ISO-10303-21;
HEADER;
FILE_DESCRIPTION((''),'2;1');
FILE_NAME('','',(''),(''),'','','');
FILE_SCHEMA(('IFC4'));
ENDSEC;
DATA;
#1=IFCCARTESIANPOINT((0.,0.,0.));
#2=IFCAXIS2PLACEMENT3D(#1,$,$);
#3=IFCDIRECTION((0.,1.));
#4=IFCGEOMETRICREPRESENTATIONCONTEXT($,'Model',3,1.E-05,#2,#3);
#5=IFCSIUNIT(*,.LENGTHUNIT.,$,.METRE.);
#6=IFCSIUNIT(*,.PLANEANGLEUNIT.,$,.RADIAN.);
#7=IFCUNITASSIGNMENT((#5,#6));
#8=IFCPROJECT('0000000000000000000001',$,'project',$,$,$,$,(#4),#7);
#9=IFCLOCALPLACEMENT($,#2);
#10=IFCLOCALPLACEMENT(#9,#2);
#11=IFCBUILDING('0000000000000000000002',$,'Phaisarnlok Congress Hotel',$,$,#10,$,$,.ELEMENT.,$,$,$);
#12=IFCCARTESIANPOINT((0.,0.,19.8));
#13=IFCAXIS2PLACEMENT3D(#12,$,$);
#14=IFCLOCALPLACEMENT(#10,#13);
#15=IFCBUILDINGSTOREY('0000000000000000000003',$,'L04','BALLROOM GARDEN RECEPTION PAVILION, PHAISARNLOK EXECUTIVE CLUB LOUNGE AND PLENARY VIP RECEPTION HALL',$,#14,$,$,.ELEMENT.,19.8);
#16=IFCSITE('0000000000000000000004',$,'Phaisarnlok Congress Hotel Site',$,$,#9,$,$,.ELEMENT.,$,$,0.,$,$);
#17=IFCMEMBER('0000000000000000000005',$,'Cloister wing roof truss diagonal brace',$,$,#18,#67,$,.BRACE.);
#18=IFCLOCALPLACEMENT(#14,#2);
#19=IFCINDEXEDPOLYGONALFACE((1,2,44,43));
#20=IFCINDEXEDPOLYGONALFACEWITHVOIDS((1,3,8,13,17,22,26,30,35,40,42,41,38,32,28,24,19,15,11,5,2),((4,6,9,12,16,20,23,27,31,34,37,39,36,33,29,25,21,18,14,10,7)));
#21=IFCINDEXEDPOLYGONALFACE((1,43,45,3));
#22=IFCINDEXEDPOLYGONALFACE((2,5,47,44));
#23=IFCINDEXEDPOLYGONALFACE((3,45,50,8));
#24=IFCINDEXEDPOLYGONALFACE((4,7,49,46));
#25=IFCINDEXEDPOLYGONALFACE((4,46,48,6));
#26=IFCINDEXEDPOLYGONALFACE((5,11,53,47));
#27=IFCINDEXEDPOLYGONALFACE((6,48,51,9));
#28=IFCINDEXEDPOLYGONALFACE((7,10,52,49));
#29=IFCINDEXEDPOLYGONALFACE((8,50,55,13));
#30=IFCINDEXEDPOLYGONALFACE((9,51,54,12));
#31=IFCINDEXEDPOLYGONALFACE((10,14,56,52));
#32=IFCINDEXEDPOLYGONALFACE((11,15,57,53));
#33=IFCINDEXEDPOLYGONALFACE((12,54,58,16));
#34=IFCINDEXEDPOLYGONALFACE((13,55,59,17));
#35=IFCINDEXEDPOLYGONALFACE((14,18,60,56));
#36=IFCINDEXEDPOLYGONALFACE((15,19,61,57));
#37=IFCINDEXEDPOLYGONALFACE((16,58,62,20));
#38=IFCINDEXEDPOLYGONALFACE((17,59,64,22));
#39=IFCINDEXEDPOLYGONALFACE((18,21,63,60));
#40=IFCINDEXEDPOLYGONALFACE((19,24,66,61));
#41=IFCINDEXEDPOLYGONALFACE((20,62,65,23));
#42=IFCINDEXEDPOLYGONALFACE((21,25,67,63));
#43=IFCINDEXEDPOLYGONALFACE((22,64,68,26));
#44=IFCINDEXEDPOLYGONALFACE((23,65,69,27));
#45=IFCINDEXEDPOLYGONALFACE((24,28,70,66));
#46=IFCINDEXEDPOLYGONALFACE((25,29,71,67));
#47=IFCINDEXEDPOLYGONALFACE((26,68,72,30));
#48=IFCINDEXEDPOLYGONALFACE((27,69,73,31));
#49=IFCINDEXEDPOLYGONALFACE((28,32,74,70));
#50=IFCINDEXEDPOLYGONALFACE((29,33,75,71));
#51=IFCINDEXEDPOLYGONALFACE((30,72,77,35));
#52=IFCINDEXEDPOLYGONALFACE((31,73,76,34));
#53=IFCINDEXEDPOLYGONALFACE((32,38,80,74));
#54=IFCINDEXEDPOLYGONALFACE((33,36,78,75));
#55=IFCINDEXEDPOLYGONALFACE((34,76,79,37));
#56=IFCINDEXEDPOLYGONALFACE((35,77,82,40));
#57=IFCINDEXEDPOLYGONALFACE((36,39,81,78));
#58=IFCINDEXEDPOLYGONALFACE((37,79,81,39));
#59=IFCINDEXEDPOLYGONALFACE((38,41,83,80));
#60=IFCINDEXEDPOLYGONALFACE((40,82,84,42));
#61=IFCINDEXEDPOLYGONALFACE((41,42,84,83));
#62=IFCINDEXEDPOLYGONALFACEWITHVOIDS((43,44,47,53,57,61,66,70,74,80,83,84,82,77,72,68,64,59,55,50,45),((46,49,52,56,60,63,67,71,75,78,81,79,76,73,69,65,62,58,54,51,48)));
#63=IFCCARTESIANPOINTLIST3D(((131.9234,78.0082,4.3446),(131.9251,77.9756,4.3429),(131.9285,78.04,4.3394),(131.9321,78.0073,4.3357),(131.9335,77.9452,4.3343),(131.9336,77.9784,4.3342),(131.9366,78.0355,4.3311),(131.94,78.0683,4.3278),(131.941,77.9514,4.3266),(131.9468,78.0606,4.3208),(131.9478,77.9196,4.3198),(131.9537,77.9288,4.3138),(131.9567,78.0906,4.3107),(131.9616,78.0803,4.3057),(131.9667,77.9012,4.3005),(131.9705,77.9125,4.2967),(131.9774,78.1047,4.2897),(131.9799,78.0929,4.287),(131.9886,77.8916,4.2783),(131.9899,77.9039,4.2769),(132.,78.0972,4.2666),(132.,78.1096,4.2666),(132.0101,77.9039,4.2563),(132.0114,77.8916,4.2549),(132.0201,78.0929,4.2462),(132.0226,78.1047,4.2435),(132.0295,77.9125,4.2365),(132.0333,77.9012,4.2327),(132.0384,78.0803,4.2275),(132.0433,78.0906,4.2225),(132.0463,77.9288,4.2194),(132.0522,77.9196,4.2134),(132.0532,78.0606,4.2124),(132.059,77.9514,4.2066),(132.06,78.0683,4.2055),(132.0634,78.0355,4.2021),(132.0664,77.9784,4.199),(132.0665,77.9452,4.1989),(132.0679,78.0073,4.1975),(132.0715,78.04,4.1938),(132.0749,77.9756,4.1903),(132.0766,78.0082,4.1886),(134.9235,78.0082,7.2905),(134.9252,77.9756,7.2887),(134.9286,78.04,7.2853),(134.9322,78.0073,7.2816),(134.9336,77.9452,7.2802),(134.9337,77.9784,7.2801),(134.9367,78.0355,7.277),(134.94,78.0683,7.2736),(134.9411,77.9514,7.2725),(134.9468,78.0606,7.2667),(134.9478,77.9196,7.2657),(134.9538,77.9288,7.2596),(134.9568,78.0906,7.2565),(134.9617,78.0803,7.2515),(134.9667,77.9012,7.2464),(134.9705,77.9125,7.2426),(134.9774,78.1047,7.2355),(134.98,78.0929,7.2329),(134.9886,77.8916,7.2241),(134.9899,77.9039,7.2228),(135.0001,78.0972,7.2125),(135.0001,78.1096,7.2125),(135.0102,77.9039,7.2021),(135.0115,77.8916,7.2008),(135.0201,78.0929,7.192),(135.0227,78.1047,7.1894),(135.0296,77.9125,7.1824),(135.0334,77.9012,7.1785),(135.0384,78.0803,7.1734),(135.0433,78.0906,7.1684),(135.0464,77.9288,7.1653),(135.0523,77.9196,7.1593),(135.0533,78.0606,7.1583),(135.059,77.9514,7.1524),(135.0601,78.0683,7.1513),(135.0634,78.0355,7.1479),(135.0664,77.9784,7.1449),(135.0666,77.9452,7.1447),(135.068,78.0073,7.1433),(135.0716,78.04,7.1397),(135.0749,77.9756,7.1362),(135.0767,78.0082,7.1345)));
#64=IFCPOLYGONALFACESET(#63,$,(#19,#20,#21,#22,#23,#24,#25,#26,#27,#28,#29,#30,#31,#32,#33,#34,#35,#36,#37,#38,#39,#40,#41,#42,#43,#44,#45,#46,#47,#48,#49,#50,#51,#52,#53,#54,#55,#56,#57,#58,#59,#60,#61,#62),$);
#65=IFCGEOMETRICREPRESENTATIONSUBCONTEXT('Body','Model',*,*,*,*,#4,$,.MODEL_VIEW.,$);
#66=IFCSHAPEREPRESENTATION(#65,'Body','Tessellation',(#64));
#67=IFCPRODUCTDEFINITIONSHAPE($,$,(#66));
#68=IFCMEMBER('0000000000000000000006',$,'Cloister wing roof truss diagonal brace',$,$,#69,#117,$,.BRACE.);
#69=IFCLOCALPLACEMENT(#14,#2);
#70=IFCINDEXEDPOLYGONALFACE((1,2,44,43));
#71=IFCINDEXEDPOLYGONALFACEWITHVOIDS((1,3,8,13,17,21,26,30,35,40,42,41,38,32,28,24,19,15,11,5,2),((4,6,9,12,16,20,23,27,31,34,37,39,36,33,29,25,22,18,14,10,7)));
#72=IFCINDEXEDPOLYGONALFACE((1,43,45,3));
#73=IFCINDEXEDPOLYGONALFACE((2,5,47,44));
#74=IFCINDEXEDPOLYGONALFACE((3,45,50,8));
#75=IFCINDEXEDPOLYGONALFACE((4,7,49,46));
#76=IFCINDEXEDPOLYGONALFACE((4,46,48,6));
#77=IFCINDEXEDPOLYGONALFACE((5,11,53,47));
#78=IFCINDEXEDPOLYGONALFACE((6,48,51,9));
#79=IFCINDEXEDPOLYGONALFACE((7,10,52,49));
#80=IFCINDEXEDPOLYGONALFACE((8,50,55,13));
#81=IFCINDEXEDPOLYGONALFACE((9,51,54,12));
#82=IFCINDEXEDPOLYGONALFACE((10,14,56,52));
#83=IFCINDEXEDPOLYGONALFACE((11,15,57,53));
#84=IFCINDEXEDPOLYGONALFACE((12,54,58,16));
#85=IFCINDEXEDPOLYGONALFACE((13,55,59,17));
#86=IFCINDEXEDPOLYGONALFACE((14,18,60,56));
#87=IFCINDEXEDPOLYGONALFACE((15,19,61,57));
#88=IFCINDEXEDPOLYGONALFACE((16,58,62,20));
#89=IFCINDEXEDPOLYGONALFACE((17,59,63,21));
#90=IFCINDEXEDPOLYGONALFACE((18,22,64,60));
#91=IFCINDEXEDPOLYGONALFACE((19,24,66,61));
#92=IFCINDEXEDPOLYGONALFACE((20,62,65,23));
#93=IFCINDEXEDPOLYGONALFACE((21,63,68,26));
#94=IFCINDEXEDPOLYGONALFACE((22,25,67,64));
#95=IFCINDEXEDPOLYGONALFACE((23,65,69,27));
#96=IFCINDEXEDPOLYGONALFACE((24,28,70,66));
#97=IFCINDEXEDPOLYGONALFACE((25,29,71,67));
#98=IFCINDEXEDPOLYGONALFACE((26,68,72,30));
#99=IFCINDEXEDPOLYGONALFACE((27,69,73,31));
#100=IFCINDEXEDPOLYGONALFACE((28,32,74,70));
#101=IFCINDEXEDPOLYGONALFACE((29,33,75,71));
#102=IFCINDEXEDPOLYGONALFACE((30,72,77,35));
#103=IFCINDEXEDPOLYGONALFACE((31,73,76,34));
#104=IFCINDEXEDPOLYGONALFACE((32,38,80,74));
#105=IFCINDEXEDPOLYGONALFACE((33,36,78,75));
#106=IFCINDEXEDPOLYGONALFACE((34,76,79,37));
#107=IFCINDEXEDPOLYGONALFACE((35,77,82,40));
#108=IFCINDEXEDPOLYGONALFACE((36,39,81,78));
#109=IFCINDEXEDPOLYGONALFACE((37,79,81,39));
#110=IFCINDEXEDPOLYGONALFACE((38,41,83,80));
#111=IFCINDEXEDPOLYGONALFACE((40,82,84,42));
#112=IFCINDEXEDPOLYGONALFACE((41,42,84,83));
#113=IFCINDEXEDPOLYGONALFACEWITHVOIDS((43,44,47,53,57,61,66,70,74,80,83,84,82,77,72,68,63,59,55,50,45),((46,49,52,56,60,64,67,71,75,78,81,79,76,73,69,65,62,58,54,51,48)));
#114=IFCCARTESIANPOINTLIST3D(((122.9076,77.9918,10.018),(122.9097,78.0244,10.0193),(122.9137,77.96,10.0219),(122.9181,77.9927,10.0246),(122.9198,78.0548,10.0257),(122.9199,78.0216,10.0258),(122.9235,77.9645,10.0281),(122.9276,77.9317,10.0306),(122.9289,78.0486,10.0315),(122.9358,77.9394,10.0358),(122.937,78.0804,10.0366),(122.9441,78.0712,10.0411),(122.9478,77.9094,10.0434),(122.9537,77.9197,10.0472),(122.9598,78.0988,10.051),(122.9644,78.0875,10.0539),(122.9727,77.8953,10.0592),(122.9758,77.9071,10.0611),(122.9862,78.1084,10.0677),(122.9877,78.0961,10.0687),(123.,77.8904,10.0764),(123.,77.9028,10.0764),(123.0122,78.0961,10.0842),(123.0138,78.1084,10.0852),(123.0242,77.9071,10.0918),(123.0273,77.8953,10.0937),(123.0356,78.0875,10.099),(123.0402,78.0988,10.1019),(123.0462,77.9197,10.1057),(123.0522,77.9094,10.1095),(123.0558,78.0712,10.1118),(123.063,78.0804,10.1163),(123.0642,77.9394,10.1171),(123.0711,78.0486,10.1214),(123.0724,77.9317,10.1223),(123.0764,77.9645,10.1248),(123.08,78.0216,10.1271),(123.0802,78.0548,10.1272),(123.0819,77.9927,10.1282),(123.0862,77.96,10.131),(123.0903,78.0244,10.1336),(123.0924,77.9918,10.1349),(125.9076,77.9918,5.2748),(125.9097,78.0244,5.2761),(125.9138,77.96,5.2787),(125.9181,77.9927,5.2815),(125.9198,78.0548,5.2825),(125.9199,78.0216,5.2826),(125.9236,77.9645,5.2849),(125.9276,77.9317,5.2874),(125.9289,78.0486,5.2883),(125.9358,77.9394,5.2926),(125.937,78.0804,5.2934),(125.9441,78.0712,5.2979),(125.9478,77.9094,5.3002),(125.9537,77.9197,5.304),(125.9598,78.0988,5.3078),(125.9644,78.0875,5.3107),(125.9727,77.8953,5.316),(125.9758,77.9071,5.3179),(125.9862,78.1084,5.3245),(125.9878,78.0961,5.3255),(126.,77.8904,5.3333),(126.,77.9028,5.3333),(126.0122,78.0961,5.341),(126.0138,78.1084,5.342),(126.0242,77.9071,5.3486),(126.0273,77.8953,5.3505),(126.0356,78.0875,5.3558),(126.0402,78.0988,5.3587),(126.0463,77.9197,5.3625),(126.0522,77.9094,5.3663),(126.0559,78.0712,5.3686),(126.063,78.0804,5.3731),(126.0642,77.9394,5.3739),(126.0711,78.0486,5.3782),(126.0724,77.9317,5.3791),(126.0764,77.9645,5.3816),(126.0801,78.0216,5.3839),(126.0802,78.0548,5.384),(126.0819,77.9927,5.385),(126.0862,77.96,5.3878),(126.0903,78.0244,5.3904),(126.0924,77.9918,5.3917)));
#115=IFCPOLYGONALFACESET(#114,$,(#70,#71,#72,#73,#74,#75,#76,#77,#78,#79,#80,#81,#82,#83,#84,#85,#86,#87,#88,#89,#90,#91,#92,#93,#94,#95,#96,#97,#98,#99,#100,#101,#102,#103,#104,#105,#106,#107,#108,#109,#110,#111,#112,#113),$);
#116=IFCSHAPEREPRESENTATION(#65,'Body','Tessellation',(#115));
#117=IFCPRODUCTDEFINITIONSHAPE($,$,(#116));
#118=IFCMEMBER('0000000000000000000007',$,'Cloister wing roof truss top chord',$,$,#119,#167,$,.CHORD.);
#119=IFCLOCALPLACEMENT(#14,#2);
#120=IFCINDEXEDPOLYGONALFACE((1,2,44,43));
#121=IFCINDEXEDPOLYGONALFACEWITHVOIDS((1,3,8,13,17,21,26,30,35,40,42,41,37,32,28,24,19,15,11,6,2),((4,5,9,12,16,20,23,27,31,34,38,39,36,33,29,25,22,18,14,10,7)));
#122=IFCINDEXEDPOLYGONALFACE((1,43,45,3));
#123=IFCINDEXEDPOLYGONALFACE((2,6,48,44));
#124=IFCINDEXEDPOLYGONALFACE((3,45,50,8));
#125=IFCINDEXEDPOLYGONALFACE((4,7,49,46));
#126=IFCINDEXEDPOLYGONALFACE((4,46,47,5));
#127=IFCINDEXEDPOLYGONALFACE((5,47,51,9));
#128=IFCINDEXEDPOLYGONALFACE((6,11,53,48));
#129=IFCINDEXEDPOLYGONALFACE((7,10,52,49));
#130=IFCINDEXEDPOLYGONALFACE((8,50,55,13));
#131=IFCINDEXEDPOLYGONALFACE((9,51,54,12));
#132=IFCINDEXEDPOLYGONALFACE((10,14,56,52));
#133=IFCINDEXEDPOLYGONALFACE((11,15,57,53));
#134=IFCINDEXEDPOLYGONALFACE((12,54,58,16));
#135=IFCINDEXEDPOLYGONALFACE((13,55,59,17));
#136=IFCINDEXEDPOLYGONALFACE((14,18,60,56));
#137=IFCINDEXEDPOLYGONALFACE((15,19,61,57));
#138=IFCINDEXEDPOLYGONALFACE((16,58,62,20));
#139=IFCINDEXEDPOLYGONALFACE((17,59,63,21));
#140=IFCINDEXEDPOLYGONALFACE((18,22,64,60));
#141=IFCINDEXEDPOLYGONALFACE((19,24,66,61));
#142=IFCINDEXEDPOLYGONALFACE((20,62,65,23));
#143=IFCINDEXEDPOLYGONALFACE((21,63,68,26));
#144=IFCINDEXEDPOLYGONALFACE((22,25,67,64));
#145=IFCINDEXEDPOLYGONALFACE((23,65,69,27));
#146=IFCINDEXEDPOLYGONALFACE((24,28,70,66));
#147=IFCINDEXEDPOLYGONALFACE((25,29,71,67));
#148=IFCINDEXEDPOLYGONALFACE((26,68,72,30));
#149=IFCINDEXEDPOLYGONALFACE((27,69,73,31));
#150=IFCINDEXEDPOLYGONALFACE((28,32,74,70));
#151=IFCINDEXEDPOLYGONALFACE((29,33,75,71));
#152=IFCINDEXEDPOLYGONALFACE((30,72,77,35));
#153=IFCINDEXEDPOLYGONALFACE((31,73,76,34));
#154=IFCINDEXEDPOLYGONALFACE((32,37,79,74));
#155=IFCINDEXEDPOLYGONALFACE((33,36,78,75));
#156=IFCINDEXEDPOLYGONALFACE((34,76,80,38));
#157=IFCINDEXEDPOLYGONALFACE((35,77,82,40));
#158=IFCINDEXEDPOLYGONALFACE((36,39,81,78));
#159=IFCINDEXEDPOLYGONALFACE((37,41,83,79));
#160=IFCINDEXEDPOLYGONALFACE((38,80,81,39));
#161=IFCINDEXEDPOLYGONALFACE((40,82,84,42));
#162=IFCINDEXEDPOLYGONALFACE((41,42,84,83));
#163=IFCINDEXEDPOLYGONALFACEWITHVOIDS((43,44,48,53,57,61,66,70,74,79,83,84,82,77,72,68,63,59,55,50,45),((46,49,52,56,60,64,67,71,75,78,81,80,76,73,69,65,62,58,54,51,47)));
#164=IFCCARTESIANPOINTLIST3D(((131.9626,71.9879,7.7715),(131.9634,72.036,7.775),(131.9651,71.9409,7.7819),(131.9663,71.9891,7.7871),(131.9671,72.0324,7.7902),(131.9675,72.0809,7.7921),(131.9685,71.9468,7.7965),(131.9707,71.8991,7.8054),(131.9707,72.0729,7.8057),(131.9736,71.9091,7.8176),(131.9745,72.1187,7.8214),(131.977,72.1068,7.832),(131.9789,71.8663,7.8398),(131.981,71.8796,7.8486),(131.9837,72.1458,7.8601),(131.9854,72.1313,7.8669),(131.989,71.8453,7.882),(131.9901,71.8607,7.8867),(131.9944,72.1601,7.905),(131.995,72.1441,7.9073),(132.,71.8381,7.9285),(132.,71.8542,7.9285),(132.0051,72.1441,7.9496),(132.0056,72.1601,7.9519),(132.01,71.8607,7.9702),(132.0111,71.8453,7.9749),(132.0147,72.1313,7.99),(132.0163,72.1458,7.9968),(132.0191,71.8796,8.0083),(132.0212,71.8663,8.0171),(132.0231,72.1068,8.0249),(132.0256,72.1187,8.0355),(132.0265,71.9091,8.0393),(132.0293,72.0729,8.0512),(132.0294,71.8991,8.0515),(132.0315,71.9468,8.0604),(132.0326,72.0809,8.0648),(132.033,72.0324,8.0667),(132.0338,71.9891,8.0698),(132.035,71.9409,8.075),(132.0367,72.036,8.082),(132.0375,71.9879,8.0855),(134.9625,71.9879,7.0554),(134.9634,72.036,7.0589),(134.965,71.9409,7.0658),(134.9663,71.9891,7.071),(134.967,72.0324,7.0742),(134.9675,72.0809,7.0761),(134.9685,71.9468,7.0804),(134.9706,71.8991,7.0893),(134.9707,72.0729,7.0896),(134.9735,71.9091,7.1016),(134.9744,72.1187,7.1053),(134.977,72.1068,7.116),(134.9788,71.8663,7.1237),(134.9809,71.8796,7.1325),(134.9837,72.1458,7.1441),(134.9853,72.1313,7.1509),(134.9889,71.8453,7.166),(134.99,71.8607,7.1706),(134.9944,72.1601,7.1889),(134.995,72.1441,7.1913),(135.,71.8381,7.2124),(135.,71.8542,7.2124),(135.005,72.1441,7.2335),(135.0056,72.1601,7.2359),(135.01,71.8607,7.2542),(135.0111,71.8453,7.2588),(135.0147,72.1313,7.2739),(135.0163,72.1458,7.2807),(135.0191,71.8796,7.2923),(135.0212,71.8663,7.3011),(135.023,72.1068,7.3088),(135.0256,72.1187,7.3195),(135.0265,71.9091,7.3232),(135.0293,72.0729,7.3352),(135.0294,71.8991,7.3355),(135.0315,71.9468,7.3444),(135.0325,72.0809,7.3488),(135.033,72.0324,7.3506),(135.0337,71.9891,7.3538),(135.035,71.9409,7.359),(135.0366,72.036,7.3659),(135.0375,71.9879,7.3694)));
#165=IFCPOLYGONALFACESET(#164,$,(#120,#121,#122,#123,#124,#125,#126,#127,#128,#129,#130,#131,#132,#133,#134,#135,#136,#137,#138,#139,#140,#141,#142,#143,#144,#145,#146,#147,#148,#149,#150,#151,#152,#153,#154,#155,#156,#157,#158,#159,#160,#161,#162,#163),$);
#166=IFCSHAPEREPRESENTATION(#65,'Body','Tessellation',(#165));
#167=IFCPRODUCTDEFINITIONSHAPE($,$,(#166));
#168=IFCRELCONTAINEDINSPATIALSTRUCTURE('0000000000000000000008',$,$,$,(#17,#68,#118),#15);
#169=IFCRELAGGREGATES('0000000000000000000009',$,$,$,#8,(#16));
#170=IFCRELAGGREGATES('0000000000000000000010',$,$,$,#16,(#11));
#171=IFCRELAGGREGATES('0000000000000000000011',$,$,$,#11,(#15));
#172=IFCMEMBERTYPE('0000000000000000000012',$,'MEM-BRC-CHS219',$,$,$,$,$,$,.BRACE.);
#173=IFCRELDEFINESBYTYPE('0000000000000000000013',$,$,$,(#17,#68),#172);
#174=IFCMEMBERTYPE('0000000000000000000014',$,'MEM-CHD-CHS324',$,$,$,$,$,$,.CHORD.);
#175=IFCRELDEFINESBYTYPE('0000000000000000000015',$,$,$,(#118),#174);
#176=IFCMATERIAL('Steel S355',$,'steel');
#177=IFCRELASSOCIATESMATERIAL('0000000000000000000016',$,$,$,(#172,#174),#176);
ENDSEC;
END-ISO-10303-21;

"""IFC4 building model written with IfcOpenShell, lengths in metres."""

from ifc_helpers import new_model, si_unit, direction, frame, origin, origin_2d, place, context, subcontext, project, spatial, hollow_circle, extrude, material, material_profile, profile_set, type_object, element, save


model = new_model("IFC4")

# Units and contexts
model_context = context("Model", 3, precision=1e-05, world=origin(), true_north=direction((0.0, 1.0)))
body_context = subcontext(model_context, "Body", "Model", "MODEL_VIEW")
ifc_project = project(units=[si_unit("LENGTHUNIT", "METRE"), si_unit("PLANEANGLEUNIT", "RADIAN")], contexts=[model_context])

# Site, building, storey
site_placement = place(None, origin())
site = spatial("IfcSite", under=ifc_project, at=site_placement, Name="Phaisarnlok Congress Hotel Site", CompositionType="ELEMENT", RefElevation=0.0)
building_placement = place(site_placement, origin())
building = spatial("IfcBuilding", under=site, at=building_placement, Name="Phaisarnlok Congress Hotel", CompositionType="ELEMENT")
storey_placement = place(building_placement, frame((0.0, 0.0, 19.8)))
storey = spatial("IfcBuildingStorey", under=building, at=storey_placement, Name="L04", Description="BALLROOM GARDEN RECEPTION PAVILION, PHAISARNLOK EXECUTIVE CLUB LOUNGE AND PLENARY VIP RECEPTION HALL", CompositionType="ELEMENT", Elevation=19.8)

# Shared definitions
ifc_material_1 = material(Name="Steel S355", Category="steel")

# Members
ifc_material_profile_1 = material_profile(ifc_material_1, hollow_circle(Radius=0.1096, WallThickness=0.0125, at=origin_2d()), Name="CHS 219.1x12.5")
ifc_profile_set_1 = profile_set([ifc_material_profile_1], Name="Steel S355")
member_type_1 = type_object("IfcMemberType", Name="MEM-BRC-CHS219", PredefinedType="BRACE", material=ifc_profile_set_1)
member_1_placement = place(storey_placement, frame((132.0, 78.0, 4.2666), z_axis=(0.713523, 0.0, 0.700632), x_axis=(0.0, 1.0, 0.0)))
element("IfcMember", 1, at=member_1_placement, inside=storey, type_object=member_type_1, Name="Cloister wing roof truss diagonal brace", PredefinedType="BRACE", context=body_context, shape_type="SweptSolid", body=[
    extrude(hollow_circle(Radius=0.1096, WallThickness=0.0125, at=origin_2d()), origin(), (0.0, 0.0, 1.0), 4.2046),
])
member_2_placement = place(storey_placement, frame((126.0, 78.0, 5.3333), z_axis=(-0.534543, 0.0, 0.845141), x_axis=(0.0, -1.0, 0.0)))
element("IfcMember", 2, at=member_2_placement, inside=storey, type_object=member_type_1, Name="Cloister wing roof truss diagonal brace", PredefinedType="BRACE", context=body_context, shape_type="SweptSolid", body=[
    extrude(hollow_circle(Radius=0.1096, WallThickness=0.0125, at=origin_2d()), origin(), (0.0, 0.0, 1.0), 5.6123),
])
ifc_material_profile_2 = material_profile(ifc_material_1, hollow_circle(Radius=0.1619, WallThickness=0.0161, at=origin_2d()), Name="CHS 323.9x16")
ifc_profile_set_2 = profile_set([ifc_material_profile_2], Name="Steel S355")
member_type_2 = type_object("IfcMemberType", Name="MEM-CHD-CHS324", PredefinedType="CHORD", material=ifc_profile_set_2)
for number, where, z_axis, x_axis, name in (
    (3, (135.0, 72.0, 7.2124), (-0.972676, 0.0, 0.232166), (0.0, -1.0, 0.0), "Cloister wing roof truss top chord"),
):
    element("IfcMember", number, at=place(storey_placement, frame(where, z_axis=z_axis, x_axis=x_axis)), inside=storey, type_object=member_type_2, Name=name, PredefinedType="CHORD", context=body_context, shape_type="SweptSolid", body=[
        extrude(hollow_circle(Radius=0.1619, WallThickness=0.0161, at=origin_2d()), origin(), (0.0, 0.0, 1.0), 3.0842),
    ])

save(model, "model.ifc")
